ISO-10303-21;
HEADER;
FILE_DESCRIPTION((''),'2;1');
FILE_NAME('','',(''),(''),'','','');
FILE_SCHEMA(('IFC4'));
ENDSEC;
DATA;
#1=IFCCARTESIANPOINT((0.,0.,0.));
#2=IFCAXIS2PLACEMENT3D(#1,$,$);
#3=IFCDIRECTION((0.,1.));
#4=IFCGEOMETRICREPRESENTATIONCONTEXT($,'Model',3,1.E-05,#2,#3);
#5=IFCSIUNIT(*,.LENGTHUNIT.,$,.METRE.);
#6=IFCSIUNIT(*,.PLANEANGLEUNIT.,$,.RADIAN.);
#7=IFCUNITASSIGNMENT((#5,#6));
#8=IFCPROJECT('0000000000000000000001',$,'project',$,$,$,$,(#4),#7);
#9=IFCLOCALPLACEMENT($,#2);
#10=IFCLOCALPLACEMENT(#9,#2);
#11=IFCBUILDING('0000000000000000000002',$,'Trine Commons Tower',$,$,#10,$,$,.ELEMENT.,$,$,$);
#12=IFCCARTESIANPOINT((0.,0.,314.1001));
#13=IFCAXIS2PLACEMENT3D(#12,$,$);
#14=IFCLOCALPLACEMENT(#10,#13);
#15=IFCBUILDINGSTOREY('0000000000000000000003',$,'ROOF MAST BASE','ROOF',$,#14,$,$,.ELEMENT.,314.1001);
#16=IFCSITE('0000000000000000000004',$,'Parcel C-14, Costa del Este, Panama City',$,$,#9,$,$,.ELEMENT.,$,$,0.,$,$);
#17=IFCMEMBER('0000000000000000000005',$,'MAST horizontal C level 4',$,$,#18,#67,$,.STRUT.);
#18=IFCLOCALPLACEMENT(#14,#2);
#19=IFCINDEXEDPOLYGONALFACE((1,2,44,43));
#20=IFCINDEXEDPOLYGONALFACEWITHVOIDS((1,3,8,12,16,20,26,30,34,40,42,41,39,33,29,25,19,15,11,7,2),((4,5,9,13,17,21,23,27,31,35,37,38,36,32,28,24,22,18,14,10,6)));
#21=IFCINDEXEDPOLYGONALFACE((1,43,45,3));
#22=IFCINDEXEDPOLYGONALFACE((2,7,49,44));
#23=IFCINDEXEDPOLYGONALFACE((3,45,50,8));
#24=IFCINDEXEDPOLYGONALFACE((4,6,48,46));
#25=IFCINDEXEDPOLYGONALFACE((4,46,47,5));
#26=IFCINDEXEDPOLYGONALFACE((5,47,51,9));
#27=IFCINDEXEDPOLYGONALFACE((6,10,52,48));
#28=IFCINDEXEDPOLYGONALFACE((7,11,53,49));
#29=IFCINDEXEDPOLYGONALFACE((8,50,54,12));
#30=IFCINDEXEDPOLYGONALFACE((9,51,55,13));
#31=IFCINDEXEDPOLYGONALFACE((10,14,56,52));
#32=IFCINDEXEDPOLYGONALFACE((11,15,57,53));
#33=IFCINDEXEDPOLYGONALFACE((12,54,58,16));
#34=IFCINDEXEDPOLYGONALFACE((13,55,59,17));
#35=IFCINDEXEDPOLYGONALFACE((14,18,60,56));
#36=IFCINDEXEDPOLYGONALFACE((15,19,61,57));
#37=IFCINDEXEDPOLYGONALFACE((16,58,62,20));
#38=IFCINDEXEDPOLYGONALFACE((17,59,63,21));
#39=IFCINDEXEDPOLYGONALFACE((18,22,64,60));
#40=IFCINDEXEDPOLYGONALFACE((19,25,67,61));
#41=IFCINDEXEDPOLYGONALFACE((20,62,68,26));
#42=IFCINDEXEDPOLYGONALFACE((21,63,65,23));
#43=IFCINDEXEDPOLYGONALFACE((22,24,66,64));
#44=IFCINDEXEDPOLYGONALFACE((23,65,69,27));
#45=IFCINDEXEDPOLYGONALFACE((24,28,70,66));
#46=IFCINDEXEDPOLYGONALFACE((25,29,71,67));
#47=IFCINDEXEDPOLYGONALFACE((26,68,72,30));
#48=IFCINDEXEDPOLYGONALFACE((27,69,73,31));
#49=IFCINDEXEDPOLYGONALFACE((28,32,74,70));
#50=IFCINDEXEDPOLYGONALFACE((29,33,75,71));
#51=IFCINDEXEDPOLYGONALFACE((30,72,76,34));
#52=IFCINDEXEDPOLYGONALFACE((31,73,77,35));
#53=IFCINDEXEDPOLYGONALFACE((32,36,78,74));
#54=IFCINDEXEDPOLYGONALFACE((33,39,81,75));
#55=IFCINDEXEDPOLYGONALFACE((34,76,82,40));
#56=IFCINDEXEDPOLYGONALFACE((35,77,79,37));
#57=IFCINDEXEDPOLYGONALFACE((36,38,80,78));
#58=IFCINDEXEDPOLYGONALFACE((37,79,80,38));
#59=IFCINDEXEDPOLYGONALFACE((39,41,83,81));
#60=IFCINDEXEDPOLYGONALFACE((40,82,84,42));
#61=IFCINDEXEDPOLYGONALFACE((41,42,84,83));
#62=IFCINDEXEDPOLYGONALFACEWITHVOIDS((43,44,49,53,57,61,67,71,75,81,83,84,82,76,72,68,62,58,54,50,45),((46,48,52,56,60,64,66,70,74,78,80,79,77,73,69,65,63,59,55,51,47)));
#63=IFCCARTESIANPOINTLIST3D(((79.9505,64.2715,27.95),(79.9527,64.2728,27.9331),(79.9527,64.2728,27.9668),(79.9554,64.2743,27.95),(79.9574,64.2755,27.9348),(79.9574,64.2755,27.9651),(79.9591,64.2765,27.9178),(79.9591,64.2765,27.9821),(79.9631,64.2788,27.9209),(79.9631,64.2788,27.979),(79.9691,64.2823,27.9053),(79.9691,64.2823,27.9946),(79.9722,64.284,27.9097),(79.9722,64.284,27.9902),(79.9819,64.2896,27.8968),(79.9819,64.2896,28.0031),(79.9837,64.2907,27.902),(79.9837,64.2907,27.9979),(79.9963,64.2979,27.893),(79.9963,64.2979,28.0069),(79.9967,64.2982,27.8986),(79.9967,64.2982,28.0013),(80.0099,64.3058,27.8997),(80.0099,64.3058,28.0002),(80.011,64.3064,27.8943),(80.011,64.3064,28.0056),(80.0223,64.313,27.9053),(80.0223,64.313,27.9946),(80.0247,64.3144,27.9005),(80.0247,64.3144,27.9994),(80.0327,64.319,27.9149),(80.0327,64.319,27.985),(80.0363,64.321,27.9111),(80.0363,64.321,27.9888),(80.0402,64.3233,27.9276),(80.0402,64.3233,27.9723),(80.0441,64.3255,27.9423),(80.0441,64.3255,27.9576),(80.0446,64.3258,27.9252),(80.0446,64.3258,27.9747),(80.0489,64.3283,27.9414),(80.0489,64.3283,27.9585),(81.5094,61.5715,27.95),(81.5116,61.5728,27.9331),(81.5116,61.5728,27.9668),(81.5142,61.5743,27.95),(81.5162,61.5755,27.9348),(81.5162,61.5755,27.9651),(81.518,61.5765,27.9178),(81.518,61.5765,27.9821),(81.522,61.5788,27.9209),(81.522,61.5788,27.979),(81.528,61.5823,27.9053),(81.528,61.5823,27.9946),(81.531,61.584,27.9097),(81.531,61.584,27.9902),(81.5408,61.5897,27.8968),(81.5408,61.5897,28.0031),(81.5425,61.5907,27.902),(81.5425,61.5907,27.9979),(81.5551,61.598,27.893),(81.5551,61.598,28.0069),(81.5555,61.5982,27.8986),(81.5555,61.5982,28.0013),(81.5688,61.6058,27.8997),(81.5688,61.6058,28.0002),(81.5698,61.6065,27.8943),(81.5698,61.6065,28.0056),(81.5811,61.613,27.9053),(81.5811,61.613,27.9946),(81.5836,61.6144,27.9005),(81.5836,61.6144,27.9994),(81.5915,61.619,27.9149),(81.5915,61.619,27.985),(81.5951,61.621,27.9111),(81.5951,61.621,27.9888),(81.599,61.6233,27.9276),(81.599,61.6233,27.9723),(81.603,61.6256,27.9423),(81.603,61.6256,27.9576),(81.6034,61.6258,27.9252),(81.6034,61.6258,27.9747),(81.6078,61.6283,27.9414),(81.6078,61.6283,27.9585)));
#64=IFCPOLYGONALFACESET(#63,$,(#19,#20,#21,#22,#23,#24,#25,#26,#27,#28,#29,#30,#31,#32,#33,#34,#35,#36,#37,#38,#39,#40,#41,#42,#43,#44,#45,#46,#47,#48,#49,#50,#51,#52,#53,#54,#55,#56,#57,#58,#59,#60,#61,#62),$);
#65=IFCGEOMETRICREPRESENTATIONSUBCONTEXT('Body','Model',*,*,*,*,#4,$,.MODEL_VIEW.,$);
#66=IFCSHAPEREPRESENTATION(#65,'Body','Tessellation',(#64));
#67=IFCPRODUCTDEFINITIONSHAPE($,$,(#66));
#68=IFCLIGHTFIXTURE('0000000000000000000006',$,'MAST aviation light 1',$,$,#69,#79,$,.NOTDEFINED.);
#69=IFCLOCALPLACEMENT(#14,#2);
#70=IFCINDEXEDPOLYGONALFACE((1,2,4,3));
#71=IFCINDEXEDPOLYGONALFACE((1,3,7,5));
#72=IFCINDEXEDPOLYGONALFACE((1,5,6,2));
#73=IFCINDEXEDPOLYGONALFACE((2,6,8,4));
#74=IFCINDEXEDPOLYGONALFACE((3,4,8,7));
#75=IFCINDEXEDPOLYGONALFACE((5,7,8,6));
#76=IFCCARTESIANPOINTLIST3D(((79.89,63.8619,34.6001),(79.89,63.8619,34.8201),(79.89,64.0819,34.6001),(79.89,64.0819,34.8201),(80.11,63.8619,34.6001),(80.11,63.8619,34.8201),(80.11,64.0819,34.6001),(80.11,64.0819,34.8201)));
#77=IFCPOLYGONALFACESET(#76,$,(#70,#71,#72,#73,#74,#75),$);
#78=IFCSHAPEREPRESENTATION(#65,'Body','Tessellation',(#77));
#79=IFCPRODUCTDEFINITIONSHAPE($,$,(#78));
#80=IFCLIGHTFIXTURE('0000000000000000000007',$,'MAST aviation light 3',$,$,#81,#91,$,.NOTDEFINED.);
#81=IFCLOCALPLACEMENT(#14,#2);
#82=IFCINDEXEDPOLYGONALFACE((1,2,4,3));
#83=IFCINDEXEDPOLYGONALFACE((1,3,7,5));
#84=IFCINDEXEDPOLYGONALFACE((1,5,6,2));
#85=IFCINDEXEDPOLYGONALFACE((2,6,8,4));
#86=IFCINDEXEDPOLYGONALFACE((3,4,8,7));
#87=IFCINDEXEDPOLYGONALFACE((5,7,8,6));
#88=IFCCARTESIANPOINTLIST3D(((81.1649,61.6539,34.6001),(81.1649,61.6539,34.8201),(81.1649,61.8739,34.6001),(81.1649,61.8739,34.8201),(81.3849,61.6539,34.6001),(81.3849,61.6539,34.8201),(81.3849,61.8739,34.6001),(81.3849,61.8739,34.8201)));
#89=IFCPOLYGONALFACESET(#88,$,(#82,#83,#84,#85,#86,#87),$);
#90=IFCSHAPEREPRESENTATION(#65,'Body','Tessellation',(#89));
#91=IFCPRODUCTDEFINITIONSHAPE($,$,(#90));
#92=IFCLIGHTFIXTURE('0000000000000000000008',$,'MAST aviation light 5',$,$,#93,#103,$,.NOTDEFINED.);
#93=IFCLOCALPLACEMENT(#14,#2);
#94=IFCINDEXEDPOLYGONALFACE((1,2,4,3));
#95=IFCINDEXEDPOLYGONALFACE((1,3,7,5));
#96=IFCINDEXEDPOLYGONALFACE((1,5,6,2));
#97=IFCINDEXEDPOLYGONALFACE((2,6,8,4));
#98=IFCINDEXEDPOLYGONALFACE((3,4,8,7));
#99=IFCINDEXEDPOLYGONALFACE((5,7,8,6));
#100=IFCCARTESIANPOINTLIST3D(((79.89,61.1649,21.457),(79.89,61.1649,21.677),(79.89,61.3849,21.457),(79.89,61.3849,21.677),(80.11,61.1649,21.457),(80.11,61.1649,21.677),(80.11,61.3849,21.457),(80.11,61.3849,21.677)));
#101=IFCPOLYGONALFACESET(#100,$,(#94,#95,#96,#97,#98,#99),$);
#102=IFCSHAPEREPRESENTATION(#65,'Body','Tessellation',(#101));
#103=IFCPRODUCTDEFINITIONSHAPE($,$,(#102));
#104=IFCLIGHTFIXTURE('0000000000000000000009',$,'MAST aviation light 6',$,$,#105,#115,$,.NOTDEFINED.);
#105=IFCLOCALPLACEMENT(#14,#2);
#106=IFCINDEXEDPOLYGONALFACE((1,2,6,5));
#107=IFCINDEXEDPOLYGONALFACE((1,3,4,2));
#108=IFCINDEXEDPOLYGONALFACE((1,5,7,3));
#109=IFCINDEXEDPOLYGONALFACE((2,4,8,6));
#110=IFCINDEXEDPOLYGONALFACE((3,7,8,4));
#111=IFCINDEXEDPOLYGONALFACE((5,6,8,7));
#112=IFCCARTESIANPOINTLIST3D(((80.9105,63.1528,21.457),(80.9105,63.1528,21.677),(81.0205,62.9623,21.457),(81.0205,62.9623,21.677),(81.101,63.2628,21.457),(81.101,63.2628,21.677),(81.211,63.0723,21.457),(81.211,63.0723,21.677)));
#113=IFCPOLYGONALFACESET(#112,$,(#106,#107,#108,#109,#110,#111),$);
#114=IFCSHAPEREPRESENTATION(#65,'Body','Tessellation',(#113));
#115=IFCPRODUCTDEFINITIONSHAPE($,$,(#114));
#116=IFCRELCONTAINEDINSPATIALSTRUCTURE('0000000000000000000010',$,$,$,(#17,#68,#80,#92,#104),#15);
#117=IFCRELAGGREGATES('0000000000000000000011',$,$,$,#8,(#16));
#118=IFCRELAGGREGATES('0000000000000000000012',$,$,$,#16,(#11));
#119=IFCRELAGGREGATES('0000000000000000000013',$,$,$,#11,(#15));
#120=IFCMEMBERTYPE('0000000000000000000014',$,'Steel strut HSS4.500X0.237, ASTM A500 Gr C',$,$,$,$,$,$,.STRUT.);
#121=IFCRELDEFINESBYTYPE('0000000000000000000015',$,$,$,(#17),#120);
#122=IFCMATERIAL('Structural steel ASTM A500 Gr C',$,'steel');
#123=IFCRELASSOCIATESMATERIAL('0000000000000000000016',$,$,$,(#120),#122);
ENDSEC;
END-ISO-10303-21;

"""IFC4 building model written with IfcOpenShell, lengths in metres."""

from ifc_helpers import new_model, si_unit, direction, frame, origin, origin_2d, place, context, subcontext, project, spatial, rectangle, hollow_circle, extrude, material, material_profile, profile_set, type_object, element, save


model = new_model("IFC4")

# Units and contexts
model_context = context("Model", 3, precision=1e-05, world=origin(), true_north=direction((0.0, 1.0)))
body_context = subcontext(model_context, "Body", "Model", "MODEL_VIEW")
ifc_project = project(units=[si_unit("LENGTHUNIT", "METRE"), si_unit("PLANEANGLEUNIT", "RADIAN")], contexts=[model_context])

# Site, building, storey
site_placement = place(None, origin())
site = spatial("IfcSite", under=ifc_project, at=site_placement, Name="Parcel C-14, Costa del Este, Panama City", CompositionType="ELEMENT", RefElevation=0.0)
building_placement = place(site_placement, origin())
building = spatial("IfcBuilding", under=site, at=building_placement, Name="Trine Commons Tower", CompositionType="ELEMENT")
storey_placement = place(building_placement, frame((0.0, 0.0, 314.1001)))
storey = spatial("IfcBuildingStorey", under=building, at=storey_placement, Name="ROOF MAST BASE", Description="ROOF", CompositionType="ELEMENT", Elevation=314.1001)

# Member
ifc_material_1 = material(Name="Structural steel ASTM A500 Gr C", Category="steel")
ifc_material_profile_1 = material_profile(ifc_material_1, hollow_circle(Radius=0.0571, WallThickness=0.0056, at=origin_2d()), Name="HSS4.500X0.237")
ifc_profile_set_1 = profile_set([ifc_material_profile_1], Name="Structural steel ASTM A500 Gr C")
member_type_1 = type_object("IfcMemberType", Name="Steel strut HSS4.500X0.237, ASTM A500 Gr C", PredefinedType="STRUT", material=ifc_profile_set_1)
for number, where, z_axis, x_axis, name in (
    (1, (81.5588, 61.6001, 27.95), (-0.500005, 0.866023, 0.0), (-0.866023, -0.500005, 0.0), "MAST horizontal C level 4"),
):
    element("IfcMember", number, at=place(storey_placement, frame(where, z_axis=z_axis, x_axis=x_axis)), inside=storey, type_object=member_type_1, Name=name, PredefinedType="STRUT", context=body_context, shape_type="SweptSolid", body=[
        extrude(hollow_circle(Radius=0.0571, WallThickness=0.0056, at=origin_2d()), origin(), (0.0, 0.0, 1.0), 3.1177),
    ])

# Light fixtures
for number, where, z_axis, x_axis, name in (
    (2, (80.0, 63.9719, 34.6001), (0.0, 0.0, 1.0), (1.0, 0.0, 0.0), "MAST aviation light 1"),
    (3, (81.2749, 61.7639, 34.6001), (0.0, 0.0, 1.0), (1.0, 0.0, 0.0), "MAST aviation light 3"),
    (4, (80.0, 61.2749, 21.457), (0.0, 0.0, 1.0), (1.0, 0.0, 0.0), "MAST aviation light 5"),
    (5, (81.0608, 63.1125, 21.457), (0.0, 0.0, 1.0), (-0.5, 0.866025, 0.0), "MAST aviation light 6"),
):
    element("IfcLightFixture", number, at=place(storey_placement, frame(where, z_axis=z_axis, x_axis=x_axis)), inside=storey, Name=name, PredefinedType="NOTDEFINED", context=body_context, shape_type="SweptSolid", body=[
        extrude(rectangle(XDim=0.22, YDim=0.22, at=origin_2d()), origin(), (0.0, 0.0, 1.0), 0.22),
    ])

save(model, "model.ifc")
